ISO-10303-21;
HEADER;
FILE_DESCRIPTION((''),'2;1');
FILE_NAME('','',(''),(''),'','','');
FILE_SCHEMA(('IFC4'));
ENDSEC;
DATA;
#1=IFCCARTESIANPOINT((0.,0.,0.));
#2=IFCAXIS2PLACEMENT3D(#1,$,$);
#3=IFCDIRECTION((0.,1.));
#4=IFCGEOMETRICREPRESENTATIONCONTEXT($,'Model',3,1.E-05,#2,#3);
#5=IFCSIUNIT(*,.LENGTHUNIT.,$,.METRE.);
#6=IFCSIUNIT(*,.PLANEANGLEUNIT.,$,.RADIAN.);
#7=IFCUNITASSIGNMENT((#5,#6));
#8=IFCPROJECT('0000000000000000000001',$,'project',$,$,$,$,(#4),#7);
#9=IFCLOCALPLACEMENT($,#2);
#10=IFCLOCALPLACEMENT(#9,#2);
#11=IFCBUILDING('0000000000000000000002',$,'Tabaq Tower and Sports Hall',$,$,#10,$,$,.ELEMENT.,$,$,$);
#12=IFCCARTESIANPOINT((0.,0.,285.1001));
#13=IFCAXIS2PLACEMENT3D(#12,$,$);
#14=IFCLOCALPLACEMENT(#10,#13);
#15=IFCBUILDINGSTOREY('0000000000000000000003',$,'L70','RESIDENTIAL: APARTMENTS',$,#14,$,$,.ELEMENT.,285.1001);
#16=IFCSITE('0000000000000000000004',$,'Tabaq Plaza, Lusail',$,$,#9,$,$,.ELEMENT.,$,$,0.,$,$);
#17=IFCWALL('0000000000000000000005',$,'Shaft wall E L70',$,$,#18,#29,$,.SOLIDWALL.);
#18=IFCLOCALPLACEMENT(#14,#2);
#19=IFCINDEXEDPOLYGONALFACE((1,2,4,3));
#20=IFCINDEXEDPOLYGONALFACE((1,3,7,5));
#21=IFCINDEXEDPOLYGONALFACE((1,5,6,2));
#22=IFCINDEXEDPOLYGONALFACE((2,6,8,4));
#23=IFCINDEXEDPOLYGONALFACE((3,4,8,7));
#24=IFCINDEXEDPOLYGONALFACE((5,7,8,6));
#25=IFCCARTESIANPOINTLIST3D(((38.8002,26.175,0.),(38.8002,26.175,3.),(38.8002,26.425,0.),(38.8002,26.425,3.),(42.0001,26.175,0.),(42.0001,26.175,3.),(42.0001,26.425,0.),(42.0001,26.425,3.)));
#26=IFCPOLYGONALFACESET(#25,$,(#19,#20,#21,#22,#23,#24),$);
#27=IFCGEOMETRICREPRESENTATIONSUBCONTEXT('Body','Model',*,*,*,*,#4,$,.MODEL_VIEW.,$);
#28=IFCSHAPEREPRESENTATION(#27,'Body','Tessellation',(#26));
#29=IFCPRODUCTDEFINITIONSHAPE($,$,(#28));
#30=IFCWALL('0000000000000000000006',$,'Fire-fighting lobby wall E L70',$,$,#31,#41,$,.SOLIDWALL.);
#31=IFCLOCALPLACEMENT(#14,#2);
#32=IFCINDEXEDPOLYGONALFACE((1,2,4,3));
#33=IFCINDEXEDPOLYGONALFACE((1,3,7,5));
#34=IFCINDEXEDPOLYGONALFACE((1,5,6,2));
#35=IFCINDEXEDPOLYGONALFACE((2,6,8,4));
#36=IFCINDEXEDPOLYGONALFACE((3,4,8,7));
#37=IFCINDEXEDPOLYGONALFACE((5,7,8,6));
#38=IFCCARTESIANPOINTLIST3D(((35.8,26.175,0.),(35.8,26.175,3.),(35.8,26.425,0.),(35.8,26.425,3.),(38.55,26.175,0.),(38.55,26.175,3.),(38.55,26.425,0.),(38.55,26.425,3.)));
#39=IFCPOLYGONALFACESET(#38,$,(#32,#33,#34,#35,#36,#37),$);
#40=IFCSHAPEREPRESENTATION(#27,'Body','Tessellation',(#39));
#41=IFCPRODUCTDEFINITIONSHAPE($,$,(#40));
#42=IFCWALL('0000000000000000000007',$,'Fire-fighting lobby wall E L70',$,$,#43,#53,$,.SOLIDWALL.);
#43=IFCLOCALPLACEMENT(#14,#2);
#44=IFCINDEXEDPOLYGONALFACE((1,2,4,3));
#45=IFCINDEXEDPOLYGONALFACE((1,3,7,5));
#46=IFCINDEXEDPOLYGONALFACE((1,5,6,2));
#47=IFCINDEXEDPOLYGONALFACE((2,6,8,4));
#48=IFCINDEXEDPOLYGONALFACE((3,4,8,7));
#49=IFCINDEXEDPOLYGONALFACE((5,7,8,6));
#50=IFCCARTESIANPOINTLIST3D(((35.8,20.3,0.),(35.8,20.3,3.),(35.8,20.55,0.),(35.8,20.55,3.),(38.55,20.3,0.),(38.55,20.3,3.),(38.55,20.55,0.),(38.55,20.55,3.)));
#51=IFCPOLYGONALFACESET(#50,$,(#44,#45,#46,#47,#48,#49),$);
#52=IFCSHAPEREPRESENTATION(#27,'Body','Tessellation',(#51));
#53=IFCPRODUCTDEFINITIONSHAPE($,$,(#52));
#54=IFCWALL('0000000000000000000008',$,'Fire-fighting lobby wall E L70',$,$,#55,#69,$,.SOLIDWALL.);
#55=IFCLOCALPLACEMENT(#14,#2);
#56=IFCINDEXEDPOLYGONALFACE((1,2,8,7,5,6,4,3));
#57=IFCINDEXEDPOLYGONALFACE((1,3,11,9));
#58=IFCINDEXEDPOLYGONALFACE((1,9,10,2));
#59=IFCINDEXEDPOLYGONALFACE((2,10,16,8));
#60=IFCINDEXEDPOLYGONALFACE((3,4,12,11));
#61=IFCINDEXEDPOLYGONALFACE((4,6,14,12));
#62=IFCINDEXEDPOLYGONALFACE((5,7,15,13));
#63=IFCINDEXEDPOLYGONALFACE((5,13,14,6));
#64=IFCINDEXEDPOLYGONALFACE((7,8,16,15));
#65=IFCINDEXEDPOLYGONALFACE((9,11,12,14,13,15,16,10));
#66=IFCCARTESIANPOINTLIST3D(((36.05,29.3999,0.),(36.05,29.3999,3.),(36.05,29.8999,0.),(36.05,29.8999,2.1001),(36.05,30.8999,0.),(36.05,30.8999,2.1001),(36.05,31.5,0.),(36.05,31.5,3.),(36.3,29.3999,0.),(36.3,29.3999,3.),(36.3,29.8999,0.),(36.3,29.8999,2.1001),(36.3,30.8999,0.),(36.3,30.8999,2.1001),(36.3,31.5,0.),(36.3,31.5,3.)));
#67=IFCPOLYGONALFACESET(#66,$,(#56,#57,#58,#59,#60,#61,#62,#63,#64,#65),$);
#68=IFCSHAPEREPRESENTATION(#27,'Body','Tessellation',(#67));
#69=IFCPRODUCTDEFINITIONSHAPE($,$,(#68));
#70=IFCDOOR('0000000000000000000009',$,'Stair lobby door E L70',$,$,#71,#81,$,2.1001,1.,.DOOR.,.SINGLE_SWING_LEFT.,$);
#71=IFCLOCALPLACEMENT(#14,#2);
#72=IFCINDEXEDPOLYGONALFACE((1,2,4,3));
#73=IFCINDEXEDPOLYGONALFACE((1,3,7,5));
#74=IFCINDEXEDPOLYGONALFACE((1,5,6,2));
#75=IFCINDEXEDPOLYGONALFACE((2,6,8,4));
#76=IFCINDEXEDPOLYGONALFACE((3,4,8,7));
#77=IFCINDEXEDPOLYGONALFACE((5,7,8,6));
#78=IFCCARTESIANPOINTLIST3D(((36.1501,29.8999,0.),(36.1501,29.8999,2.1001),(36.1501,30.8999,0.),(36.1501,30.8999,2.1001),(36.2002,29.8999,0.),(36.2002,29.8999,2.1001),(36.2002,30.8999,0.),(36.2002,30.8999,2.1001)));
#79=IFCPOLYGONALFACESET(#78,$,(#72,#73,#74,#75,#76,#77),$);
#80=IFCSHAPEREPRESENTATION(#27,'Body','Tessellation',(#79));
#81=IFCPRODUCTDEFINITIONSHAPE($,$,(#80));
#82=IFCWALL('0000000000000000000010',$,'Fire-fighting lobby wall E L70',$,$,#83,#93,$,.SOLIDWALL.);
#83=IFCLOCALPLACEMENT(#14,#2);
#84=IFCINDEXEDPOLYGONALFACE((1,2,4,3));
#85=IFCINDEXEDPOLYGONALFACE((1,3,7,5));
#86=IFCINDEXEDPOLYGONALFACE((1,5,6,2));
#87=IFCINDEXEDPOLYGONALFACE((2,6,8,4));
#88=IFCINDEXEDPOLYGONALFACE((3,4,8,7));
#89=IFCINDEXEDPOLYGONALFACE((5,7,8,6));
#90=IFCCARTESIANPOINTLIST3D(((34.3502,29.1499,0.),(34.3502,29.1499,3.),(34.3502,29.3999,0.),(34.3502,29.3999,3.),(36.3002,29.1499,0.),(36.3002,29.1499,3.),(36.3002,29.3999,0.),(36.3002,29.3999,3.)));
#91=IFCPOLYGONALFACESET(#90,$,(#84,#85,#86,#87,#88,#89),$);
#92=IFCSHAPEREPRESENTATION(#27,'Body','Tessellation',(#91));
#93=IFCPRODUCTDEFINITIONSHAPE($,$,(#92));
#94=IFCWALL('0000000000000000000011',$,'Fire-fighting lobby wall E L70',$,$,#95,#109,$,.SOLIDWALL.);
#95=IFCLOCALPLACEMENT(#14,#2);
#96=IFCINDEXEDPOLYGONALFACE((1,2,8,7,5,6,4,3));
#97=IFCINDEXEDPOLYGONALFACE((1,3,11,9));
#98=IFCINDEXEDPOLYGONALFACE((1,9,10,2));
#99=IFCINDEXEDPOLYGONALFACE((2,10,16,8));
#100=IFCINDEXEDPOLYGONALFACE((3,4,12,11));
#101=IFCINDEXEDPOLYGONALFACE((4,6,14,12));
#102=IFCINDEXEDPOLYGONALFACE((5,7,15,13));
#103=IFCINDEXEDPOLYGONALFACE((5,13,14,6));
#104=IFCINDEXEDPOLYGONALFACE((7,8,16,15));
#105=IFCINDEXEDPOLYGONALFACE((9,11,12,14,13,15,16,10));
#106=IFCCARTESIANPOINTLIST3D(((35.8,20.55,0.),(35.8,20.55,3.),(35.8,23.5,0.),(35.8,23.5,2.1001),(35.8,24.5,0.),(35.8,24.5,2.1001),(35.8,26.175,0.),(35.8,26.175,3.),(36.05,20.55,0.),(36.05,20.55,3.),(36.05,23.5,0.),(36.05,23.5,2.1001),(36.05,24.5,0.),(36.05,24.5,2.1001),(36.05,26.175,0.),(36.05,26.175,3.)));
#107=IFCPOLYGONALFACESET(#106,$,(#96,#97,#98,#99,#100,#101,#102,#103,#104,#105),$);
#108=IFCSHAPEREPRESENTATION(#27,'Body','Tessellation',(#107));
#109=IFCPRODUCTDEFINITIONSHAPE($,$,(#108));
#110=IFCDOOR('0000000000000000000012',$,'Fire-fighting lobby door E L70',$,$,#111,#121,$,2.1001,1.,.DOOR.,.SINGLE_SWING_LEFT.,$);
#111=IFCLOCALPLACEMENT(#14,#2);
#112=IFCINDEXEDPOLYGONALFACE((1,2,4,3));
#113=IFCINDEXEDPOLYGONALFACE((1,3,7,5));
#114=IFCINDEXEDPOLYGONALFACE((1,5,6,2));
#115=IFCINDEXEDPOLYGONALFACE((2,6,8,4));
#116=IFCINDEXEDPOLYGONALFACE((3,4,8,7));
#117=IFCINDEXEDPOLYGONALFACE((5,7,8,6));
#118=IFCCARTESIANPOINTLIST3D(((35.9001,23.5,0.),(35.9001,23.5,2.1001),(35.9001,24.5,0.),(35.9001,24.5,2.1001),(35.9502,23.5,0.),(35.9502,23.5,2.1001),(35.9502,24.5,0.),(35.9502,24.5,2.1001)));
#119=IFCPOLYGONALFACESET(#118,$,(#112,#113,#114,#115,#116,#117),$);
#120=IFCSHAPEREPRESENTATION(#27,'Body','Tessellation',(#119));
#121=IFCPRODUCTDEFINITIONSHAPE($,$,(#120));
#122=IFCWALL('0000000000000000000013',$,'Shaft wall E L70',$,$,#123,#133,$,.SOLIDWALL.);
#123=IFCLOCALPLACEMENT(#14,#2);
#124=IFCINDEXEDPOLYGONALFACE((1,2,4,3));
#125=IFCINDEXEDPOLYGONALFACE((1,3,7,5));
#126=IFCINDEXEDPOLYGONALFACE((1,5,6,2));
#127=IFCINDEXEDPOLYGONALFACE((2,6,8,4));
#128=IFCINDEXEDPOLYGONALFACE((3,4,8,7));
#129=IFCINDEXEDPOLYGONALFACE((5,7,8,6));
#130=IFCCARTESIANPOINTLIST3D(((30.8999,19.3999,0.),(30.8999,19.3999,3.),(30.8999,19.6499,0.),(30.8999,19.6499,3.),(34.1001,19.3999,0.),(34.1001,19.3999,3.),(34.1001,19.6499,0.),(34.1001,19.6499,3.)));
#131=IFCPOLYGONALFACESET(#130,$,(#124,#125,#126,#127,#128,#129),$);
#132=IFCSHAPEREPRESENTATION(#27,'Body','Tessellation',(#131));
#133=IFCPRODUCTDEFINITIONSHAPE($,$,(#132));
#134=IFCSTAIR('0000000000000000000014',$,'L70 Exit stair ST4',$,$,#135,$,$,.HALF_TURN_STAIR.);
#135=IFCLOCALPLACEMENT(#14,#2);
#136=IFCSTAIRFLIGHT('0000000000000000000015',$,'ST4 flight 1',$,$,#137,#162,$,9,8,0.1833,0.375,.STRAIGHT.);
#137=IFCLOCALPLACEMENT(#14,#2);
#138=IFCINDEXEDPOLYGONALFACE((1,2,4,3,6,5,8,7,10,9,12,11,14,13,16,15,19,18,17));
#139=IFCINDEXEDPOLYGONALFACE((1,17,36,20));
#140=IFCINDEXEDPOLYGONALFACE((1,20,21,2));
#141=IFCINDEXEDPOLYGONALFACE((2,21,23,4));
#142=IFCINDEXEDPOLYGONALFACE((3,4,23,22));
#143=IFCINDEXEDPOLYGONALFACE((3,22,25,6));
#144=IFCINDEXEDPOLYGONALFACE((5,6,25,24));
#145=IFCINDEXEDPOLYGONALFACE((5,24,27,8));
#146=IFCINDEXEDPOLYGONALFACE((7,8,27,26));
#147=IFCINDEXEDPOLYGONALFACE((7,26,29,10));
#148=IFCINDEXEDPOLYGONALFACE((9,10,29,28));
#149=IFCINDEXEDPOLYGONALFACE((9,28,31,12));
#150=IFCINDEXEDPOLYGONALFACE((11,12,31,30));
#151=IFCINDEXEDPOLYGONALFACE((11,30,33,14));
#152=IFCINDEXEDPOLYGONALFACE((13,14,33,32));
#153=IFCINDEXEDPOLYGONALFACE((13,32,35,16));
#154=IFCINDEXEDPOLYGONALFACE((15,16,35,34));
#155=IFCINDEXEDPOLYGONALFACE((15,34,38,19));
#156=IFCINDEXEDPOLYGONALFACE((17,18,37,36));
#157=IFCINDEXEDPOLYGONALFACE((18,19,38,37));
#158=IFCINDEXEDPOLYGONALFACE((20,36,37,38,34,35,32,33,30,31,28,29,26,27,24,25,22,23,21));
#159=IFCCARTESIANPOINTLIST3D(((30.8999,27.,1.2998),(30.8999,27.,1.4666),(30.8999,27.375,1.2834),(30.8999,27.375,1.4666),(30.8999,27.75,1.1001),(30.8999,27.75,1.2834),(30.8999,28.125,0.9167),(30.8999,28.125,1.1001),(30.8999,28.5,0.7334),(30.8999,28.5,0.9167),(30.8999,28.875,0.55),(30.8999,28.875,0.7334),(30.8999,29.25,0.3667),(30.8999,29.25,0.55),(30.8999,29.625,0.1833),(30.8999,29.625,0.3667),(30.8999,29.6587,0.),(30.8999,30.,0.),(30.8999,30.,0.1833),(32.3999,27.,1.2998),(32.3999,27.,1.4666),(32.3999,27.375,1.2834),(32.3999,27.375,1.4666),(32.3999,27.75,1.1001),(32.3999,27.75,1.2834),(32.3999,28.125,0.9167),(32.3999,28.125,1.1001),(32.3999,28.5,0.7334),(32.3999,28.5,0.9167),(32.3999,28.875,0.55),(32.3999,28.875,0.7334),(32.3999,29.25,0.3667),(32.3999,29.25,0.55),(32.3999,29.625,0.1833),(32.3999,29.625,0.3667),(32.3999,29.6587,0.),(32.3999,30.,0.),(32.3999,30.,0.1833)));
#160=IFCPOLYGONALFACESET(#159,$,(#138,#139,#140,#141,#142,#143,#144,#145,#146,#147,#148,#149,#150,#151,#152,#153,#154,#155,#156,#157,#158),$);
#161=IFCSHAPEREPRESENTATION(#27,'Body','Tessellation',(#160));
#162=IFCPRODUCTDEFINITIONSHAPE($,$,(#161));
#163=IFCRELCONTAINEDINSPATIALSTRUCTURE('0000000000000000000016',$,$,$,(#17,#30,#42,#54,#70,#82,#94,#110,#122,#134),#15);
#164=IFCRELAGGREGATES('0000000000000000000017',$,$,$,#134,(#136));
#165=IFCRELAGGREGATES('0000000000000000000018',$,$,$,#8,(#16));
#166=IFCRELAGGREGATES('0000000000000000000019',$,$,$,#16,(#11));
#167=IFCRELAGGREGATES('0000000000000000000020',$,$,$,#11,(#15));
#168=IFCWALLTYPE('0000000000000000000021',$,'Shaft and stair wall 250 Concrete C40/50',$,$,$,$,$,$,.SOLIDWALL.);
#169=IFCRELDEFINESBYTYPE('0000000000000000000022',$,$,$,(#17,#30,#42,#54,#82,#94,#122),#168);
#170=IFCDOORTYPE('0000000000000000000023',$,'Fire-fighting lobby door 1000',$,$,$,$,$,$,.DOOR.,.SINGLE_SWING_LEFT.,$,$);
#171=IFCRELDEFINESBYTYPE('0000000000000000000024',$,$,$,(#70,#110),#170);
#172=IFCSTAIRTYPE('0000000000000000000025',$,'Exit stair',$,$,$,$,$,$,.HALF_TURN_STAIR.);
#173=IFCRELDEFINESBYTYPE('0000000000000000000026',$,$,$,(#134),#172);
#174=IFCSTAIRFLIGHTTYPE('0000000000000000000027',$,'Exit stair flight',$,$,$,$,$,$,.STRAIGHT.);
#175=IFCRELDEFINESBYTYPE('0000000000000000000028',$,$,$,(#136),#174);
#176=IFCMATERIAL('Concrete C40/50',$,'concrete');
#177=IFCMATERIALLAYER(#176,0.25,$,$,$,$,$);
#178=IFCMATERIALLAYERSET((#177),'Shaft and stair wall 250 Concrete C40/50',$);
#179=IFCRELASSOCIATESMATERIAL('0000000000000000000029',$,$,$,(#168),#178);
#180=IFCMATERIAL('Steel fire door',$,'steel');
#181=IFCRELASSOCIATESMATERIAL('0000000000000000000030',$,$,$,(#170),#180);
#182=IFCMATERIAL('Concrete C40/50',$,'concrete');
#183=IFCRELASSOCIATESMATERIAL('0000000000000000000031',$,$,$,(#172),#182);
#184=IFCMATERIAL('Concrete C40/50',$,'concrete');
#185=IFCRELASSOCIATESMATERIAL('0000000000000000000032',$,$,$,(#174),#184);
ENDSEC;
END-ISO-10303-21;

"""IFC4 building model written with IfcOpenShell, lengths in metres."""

from ifc_helpers import new_model, si_unit, direction, frame, frame_2d, origin, place, context, subcontext, project, spatial, polyline, rectangle, outline, extrude, material, layer, layer_set, type_object, element, fill, aggregate, save


model = new_model("IFC4")

# Units and contexts
model_context = context("Model", 3, precision=1e-05, world=origin(), true_north=direction((0.0, 1.0)))
body_context = subcontext(model_context, "Body", "Model", "MODEL_VIEW")
ifc_project = project(units=[si_unit("LENGTHUNIT", "METRE"), si_unit("PLANEANGLEUNIT", "RADIAN")], contexts=[model_context])

# Site, building, storey
site_placement = place(None, origin())
site = spatial("IfcSite", under=ifc_project, at=site_placement, Name="Tabaq Plaza, Lusail", CompositionType="ELEMENT", RefElevation=0.0)
building_placement = place(site_placement, origin())
building = spatial("IfcBuilding", under=site, at=building_placement, Name="Tabaq Tower and Sports Hall", CompositionType="ELEMENT")
storey_placement = place(building_placement, frame((0.0, 0.0, 285.1001)))
storey = spatial("IfcBuildingStorey", under=building, at=storey_placement, Name="L70", Description="RESIDENTIAL: APARTMENTS", CompositionType="ELEMENT", Elevation=285.1001)

# Shared definitions
ifc_material_1 = material(Name="Concrete C40/50", Category="concrete")
ifc_layer_1 = layer(ifc_material_1, 0.25)
ifc_layer_set_1 = layer_set([ifc_layer_1], Name="Shaft and stair wall 250 Concrete C40/50")
wall_type_1 = type_object("IfcWallType", Name="Shaft and stair wall 250 Concrete C40/50", PredefinedType="SOLIDWALL", material=ifc_layer_set_1)

# Walls
wall_1_placement = place(storey_placement, frame((38.8, 26.3, 0.0), z_axis=(0.0, 0.0, 1.0), x_axis=(1.0, 0.0, 0.0)))
element("IfcWall", 1, at=wall_1_placement, inside=storey, type_object=wall_type_1, Name="Shaft wall E L70", PredefinedType="SOLIDWALL", context=body_context, shape_type="SweptSolid", body=[
    extrude(rectangle(XDim=3.2, YDim=0.25, at=frame_2d((1.6001, 0.0))), origin(), (0.0, 0.0, 1.0), 3.0),
])
for number, where, z_axis, x_axis, name in (
    (2, (35.8, 26.3, 0.0), (0.0, 0.0, 1.0), (1.0, 0.0, 0.0), "Fire-fighting lobby wall E L70"),
    (3, (35.8, 20.425, 0.0), (0.0, 0.0, 1.0), (1.0, 0.0, 0.0), "Fire-fighting lobby wall E L70"),
):
    element("IfcWall", number, at=place(storey_placement, frame(where, z_axis=z_axis, x_axis=x_axis)), inside=storey, type_object=wall_type_1, Name=name, PredefinedType="SOLIDWALL", context=body_context, shape_type="SweptSolid", body=[
        extrude(rectangle(XDim=2.75, YDim=0.25, at=frame_2d((1.375, 0.0))), origin(), (0.0, 0.0, 1.0), 3.0),
    ])

# Wall, opening, door
wall_2_placement = place(storey_placement, frame((36.175, 29.3999, 0.0), z_axis=(0.0, 0.0, 1.0), x_axis=(0.0, 1.0, 0.0)))
wall_2 = element("IfcWall", 4, at=wall_2_placement, inside=storey, type_object=wall_type_1, Name="Fire-fighting lobby wall E L70", PredefinedType="SOLIDWALL", context=body_context, shape_type="SweptSolid", body=[
    extrude(rectangle(XDim=2.1001, YDim=0.25, at=frame_2d((1.05, 0.0))), origin(), (0.0, 0.0, 1.0), 3.0),
])
opening_1_placement = place(wall_2_placement, frame((0.5, 0.0, 0.0)))
opening_1 = element("IfcOpeningElement", 5, at=opening_1_placement, cuts=wall_2, PredefinedType="OPENING", context=body_context, shape_type="SweptSolid", body=[
    extrude(rectangle(XDim=1.0, YDim=2.1001, at=frame_2d((0.5, 1.05))), frame((0.0, 0.125, 0.0), z_axis=(0.0, -1.0, 0.0), x_axis=(1.0, 0.0, 0.0)), (0.0, 0.0, 1.0), 0.25),
])
ifc_material_2 = material(Name="Steel fire door", Category="steel")
door_type_1 = type_object("IfcDoorType", Name="Fire-fighting lobby door 1000", OperationType="SINGLE_SWING_LEFT", PredefinedType="DOOR", material=ifc_material_2)
door_1_placement = place(opening_1_placement, origin())
door_1 = element("IfcDoor", 6, at=door_1_placement, inside=storey, type_object=door_type_1, Name="Stair lobby door E L70", OperationType="SINGLE_SWING_LEFT", OverallHeight=2.1001, OverallWidth=1.0, PredefinedType="DOOR", context=body_context, shape_type="SweptSolid", body=[
    extrude(rectangle(XDim=1.0, YDim=2.1001, at=frame_2d((0.5, 1.05))), frame((0.0, 0.0249, 0.0), z_axis=(0.0, -1.0, 0.0), x_axis=(1.0, 0.0, 0.0)), (0.0, 0.0, 1.0), 0.05),
])
fill(opening_1, door_1)

# Wall
wall_3_placement = place(storey_placement, frame((34.3501, 29.2749, 0.0), z_axis=(0.0, 0.0, 1.0), x_axis=(1.0, 0.0, 0.0)))
element("IfcWall", 7, at=wall_3_placement, inside=storey, type_object=wall_type_1, Name="Fire-fighting lobby wall E L70", PredefinedType="SOLIDWALL", context=body_context, shape_type="SweptSolid", body=[
    extrude(rectangle(XDim=1.95, YDim=0.25, at=frame_2d((0.9751, 0.0))), origin(), (0.0, 0.0, 1.0), 3.0),
])

# Wall, opening, door
wall_4_placement = place(storey_placement, frame((35.925, 20.55, 0.0), z_axis=(0.0, 0.0, 1.0), x_axis=(0.0, 1.0, 0.0)))
wall_4 = element("IfcWall", 8, at=wall_4_placement, inside=storey, type_object=wall_type_1, Name="Fire-fighting lobby wall E L70", PredefinedType="SOLIDWALL", context=body_context, shape_type="SweptSolid", body=[
    extrude(rectangle(XDim=5.625, YDim=0.25, at=frame_2d((2.8125, 0.0))), origin(), (0.0, 0.0, 1.0), 3.0),
])
opening_2_placement = place(wall_4_placement, frame((2.95, 0.0, 0.0)))
opening_2 = element("IfcOpeningElement", 9, at=opening_2_placement, cuts=wall_4, PredefinedType="OPENING", context=body_context, shape_type="SweptSolid", body=[
    extrude(rectangle(XDim=1.0, YDim=2.1001, at=frame_2d((0.5, 1.05))), frame((0.0, 0.125, 0.0), z_axis=(0.0, -1.0, 0.0), x_axis=(1.0, 0.0, 0.0)), (0.0, 0.0, 1.0), 0.25),
])
door_2_placement = place(opening_2_placement, origin())
door_2 = element("IfcDoor", 10, at=door_2_placement, inside=storey, type_object=door_type_1, Name="Fire-fighting lobby door E L70", OperationType="SINGLE_SWING_LEFT", OverallHeight=2.1001, OverallWidth=1.0, PredefinedType="DOOR", context=body_context, shape_type="SweptSolid", body=[
    extrude(rectangle(XDim=1.0, YDim=2.1001, at=frame_2d((0.5, 1.05))), frame((0.0, 0.0249, 0.0), z_axis=(0.0, -1.0, 0.0), x_axis=(1.0, 0.0, 0.0)), (0.0, 0.0, 1.0), 0.05),
])
fill(opening_2, door_2)

# Wall
wall_5_placement = place(storey_placement, frame((30.8999, 19.5249, 0.0), z_axis=(0.0, 0.0, 1.0), x_axis=(1.0, 0.0, 0.0)))
element("IfcWall", 11, at=wall_5_placement, inside=storey, type_object=wall_type_1, Name="Shaft wall E L70", PredefinedType="SOLIDWALL", context=body_context, shape_type="SweptSolid", body=[
    extrude(rectangle(XDim=3.2002, YDim=0.25, at=frame_2d((1.6001, 0.0))), origin(), (0.0, 0.0, 1.0), 3.0),
])

# Stair, stair flight
ifc_material_3 = material(Name="Concrete C40/50", Category="concrete")
stair_type = type_object("IfcStairType", Name="Exit stair", PredefinedType="HALF_TURN_STAIR", material=ifc_material_3)
stair_placement = place(storey_placement, origin())
stair = element("IfcStair", 12, at=stair_placement, inside=storey, type_object=stair_type, Name="L70 Exit stair ST4", PredefinedType="HALF_TURN_STAIR")
ifc_material_4 = material(Name="Concrete C40/50", Category="concrete")
stair_flight_type = type_object("IfcStairFlightType", Name="Exit stair flight", PredefinedType="STRAIGHT", material=ifc_material_4)
stair_flight_1_placement = place(storey_placement, frame((31.6499, 30.0, 0.0), z_axis=(0.0, 0.0, 1.0), x_axis=(0.0, -1.0, 0.0)))
stair_flight_1 = element("IfcStairFlight", 13, at=stair_flight_1_placement, type_object=stair_flight_type, Name="ST4 flight 1", NumberOfRisers=9, NumberOfTreads=8, PredefinedType="STRAIGHT", RiserHeight=0.1833, TreadLength=0.375, context=body_context, shape_type="SweptSolid", body=[
    extrude(outline(polyline([(0.0, 0.0), (0.0, 0.1833), (0.375, 0.1833), (0.375, 0.3667), (0.75, 0.3667), (0.75, 0.55), (1.125, 0.55), (1.125, 0.7334), (1.5, 0.7334), (1.5, 0.9167), (1.875, 0.9167), (1.875, 1.1001), (2.25, 1.1001), (2.25, 1.2834), (2.625, 1.2834), (2.625, 1.4666), (3.0, 1.4666), (3.0, 1.6499), (3.0, 1.2998), (0.3413, 0.0), (0.0, 0.0)])), frame((0.0, 0.75, 0.0), z_axis=(0.0, -1.0, 0.0), x_axis=(1.0, 0.0, 0.0)), (0.0, 0.0, 1.0), 1.5),
])
aggregate(stair, [stair_flight_1])

save(model, "model.ifc")
